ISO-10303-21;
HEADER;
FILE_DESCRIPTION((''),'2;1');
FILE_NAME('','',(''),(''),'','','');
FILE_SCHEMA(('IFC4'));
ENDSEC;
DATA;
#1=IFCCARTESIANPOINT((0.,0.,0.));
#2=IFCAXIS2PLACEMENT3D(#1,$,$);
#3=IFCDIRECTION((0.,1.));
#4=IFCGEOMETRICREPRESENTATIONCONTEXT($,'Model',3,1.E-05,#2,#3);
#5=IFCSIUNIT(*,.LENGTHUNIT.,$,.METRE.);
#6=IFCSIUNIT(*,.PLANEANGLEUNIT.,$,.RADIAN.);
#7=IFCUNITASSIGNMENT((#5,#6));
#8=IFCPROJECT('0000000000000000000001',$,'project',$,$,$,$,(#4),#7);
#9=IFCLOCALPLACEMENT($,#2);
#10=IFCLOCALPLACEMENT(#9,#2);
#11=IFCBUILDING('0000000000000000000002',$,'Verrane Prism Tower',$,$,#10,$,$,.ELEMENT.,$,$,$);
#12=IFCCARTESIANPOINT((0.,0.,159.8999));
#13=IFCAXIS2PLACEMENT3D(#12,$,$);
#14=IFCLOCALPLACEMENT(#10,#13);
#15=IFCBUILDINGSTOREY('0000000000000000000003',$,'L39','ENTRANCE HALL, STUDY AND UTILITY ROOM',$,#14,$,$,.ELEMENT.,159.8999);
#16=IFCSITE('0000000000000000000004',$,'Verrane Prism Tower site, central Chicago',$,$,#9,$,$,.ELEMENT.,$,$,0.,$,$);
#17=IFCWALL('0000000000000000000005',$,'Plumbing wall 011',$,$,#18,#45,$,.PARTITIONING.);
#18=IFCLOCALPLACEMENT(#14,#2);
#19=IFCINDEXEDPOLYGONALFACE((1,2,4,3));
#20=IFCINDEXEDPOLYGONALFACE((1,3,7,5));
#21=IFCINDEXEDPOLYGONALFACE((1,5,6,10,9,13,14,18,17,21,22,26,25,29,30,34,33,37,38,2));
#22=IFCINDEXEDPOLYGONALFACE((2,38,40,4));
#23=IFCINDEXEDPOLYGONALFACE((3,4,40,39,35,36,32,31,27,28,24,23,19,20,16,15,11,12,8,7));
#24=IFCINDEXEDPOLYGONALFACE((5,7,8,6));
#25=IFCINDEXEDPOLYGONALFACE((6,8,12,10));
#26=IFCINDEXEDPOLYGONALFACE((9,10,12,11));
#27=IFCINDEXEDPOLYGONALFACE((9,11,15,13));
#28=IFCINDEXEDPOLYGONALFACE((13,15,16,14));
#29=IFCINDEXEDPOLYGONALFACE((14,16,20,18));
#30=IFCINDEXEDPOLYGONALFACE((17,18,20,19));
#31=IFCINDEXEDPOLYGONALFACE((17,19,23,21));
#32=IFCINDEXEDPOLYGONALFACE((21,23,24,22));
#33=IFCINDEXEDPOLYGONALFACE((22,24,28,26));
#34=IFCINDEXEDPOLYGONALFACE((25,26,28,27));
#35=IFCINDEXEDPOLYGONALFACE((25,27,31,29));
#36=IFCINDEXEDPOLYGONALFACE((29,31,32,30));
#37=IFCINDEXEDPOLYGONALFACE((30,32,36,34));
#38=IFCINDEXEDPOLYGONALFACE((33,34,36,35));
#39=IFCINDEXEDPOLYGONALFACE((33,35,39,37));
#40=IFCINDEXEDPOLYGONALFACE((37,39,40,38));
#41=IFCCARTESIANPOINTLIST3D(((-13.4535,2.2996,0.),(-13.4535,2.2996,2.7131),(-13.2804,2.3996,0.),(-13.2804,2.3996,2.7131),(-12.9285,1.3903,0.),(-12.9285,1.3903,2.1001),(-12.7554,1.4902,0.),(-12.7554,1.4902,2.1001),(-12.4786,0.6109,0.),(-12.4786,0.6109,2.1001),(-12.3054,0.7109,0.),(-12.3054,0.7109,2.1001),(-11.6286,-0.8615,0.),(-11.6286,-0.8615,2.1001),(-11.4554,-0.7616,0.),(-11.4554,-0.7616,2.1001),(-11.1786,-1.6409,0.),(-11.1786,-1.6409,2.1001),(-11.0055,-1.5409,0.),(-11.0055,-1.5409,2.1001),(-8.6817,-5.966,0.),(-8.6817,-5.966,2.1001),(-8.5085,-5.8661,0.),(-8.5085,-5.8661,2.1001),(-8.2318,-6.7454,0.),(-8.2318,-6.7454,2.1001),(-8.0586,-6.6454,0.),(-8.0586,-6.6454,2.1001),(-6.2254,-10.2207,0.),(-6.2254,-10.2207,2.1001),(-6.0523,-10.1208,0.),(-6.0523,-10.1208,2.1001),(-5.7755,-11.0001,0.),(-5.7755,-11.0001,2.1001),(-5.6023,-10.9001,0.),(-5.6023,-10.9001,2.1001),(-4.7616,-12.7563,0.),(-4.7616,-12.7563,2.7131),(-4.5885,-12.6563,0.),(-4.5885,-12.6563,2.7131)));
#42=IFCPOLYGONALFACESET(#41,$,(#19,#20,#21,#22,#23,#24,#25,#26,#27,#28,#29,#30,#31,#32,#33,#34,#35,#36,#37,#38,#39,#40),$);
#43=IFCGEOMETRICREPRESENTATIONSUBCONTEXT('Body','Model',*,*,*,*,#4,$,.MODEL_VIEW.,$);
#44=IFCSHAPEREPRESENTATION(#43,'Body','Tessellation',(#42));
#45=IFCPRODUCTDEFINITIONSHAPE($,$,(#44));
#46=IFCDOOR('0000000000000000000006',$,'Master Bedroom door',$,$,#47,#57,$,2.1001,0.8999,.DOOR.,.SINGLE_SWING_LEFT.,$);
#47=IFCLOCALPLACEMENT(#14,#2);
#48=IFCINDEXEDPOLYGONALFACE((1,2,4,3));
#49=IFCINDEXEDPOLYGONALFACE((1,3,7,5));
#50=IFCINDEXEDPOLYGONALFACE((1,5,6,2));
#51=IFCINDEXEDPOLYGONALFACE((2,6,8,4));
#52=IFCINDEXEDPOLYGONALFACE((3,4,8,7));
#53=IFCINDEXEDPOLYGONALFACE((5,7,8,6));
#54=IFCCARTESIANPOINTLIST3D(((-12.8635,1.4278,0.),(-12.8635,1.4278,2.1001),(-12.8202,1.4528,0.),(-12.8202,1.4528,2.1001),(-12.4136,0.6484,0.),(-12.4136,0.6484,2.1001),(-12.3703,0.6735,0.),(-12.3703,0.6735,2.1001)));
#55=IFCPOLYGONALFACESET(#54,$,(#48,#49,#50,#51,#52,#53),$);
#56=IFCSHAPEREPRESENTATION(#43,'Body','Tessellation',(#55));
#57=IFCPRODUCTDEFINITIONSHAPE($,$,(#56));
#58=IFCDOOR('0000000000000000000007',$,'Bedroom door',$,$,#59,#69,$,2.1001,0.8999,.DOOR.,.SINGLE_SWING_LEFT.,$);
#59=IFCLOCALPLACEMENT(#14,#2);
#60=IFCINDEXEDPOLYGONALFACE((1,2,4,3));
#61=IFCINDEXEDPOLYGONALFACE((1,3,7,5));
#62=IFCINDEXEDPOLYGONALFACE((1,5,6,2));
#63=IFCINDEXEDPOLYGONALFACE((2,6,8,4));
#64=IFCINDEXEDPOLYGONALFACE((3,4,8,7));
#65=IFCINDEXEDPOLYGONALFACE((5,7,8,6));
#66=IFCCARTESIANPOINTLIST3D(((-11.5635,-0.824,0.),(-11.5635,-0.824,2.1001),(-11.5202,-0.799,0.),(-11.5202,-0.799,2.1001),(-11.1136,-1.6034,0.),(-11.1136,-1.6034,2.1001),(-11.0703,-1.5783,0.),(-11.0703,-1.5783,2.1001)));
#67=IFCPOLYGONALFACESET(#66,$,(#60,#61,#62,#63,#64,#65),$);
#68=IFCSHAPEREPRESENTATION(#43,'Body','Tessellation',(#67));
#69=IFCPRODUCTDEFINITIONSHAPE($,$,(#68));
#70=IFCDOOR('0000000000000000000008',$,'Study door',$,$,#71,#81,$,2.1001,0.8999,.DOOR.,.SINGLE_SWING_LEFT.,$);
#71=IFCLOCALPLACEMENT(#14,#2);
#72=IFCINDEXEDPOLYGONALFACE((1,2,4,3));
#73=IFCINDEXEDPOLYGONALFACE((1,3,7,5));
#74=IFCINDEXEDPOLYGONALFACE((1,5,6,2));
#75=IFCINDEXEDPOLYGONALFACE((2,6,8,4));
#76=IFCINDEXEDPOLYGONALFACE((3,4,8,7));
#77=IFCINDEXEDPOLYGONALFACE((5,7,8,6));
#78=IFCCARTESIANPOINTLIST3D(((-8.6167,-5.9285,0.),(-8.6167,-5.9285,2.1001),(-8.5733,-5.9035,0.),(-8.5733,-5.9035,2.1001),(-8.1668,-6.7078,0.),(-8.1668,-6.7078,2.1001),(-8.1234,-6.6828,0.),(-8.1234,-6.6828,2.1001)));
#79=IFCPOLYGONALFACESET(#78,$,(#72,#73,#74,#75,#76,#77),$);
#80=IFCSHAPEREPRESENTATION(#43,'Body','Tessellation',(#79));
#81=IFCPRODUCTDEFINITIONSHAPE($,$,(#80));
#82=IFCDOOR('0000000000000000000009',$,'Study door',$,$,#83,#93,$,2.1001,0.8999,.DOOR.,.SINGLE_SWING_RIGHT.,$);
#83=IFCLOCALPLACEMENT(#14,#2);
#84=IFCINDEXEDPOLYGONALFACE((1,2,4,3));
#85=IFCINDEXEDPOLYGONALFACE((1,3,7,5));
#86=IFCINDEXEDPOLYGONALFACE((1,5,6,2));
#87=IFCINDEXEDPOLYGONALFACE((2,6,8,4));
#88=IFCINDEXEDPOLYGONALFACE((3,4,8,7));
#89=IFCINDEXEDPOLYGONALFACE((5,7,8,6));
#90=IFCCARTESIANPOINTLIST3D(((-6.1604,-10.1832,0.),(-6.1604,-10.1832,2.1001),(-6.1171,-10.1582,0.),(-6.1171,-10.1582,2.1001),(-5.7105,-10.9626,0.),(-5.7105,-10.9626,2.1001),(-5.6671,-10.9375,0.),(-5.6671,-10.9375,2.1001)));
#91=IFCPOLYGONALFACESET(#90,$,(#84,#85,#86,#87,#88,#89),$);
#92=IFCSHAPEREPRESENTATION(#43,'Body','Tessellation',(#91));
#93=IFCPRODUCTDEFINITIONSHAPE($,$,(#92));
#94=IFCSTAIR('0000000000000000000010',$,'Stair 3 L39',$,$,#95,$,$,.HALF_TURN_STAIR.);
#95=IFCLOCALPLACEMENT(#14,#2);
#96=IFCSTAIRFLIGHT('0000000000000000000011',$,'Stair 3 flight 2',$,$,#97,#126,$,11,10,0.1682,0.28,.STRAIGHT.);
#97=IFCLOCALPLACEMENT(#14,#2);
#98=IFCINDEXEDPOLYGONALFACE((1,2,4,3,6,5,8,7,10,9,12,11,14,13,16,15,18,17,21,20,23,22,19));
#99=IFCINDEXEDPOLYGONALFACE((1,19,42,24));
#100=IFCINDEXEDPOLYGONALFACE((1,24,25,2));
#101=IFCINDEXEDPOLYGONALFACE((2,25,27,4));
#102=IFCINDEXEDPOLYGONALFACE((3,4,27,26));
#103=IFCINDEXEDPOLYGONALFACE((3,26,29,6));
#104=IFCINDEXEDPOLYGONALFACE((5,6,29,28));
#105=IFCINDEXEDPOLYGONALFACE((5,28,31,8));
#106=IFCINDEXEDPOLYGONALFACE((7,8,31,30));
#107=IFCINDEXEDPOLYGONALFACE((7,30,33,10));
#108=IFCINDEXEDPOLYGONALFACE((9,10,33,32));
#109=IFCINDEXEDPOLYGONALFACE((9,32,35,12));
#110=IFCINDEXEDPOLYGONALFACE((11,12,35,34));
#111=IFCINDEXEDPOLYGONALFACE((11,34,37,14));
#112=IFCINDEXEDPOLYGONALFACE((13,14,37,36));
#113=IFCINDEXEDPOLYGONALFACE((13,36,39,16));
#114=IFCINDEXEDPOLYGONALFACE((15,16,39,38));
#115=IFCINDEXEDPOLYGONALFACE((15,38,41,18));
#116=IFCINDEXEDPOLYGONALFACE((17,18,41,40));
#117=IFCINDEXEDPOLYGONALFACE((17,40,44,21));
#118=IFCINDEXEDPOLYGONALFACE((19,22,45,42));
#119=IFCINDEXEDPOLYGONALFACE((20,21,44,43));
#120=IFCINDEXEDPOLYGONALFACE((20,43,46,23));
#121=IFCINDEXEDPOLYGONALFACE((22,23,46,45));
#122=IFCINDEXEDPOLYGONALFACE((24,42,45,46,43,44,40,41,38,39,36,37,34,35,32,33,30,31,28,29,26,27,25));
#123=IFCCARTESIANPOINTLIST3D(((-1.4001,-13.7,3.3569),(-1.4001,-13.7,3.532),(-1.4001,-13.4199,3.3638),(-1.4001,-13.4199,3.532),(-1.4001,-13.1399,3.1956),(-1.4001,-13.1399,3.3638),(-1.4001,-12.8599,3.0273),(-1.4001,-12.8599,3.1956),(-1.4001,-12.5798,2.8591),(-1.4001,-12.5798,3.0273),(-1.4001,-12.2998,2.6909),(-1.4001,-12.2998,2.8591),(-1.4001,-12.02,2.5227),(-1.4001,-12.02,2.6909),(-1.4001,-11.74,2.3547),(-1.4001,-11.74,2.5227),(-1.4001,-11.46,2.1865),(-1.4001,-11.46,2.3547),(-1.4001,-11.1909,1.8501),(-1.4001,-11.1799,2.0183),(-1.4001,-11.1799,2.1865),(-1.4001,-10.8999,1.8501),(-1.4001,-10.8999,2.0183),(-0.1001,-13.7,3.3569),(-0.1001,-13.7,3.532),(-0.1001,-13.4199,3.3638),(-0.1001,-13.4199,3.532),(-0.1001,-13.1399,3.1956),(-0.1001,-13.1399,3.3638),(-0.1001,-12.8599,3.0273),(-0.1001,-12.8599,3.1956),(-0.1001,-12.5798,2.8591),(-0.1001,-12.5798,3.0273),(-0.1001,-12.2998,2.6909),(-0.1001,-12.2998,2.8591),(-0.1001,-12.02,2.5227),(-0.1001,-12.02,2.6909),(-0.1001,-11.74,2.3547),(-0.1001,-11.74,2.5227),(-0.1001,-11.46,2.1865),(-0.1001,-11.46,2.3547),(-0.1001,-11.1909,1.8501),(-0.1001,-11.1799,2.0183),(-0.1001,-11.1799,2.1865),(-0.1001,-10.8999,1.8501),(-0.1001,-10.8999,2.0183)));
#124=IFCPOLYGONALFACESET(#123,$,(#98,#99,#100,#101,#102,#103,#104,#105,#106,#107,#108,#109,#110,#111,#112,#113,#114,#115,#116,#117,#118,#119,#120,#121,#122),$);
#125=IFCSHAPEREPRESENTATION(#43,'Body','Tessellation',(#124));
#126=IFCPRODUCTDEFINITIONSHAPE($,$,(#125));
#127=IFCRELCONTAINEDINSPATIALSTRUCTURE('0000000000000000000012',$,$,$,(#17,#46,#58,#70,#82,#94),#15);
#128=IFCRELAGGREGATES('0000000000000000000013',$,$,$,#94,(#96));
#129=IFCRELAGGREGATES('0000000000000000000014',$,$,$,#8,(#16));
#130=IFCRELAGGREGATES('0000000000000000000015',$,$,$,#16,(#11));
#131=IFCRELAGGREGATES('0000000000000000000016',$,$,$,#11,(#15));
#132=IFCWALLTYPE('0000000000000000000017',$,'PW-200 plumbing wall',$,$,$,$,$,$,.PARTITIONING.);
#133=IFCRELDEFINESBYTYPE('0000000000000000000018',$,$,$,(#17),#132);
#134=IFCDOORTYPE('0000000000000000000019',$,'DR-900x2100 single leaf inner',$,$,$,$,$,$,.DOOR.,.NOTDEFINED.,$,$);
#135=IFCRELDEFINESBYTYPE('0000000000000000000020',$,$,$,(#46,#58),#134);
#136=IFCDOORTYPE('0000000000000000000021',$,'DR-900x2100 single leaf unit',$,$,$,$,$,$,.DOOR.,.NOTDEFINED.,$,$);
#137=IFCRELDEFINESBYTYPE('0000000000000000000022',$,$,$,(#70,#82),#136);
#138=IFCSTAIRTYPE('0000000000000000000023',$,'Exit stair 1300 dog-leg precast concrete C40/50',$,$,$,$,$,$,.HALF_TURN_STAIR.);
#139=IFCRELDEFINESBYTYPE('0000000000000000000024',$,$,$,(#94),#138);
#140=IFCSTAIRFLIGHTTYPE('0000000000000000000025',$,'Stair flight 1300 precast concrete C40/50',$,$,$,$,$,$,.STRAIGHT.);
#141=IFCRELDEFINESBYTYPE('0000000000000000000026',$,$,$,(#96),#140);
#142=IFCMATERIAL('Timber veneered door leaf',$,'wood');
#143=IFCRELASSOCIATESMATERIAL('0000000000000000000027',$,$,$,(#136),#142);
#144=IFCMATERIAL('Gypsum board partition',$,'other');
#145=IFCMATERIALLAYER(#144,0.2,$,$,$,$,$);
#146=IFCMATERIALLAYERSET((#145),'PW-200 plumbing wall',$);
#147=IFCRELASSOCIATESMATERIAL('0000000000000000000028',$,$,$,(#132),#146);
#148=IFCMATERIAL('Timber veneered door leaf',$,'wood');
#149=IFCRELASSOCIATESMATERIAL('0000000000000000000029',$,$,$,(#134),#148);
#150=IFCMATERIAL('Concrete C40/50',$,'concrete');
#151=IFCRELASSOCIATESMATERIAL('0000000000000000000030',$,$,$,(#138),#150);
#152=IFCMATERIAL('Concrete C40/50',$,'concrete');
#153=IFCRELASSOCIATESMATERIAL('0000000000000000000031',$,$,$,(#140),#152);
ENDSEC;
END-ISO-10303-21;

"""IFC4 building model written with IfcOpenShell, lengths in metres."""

from ifc_helpers import new_model, si_unit, direction, frame, frame_2d, origin, place, context, subcontext, project, spatial, polyline, rectangle, outline, extrude, material, layer, layer_set, type_object, element, fill, aggregate, save


model = new_model("IFC4")

# Units and contexts
model_context = context("Model", 3, precision=1e-05, world=origin(), true_north=direction((0.0, 1.0)))
body_context = subcontext(model_context, "Body", "Model", "MODEL_VIEW")
ifc_project = project(units=[si_unit("LENGTHUNIT", "METRE"), si_unit("PLANEANGLEUNIT", "RADIAN")], contexts=[model_context])

# Site, building, storey
site_placement = place(None, origin())
site = spatial("IfcSite", under=ifc_project, at=site_placement, Name="Verrane Prism Tower site, central Chicago", CompositionType="ELEMENT", RefElevation=0.0)
building_placement = place(site_placement, origin())
building = spatial("IfcBuilding", under=site, at=building_placement, Name="Verrane Prism Tower", CompositionType="ELEMENT")
storey_placement = place(building_placement, frame((0.0, 0.0, 159.8999)))
storey = spatial("IfcBuildingStorey", under=building, at=storey_placement, Name="L39", Description="ENTRANCE HALL, STUDY AND UTILITY ROOM", CompositionType="ELEMENT", Elevation=159.8999)

# Shared definitions
ifc_material_1 = material(Name="Timber veneered door leaf", Category="wood")
door_type_1 = type_object("IfcDoorType", Name="DR-900x2100 single leaf unit", OperationType="NOTDEFINED", PredefinedType="DOOR", material=ifc_material_1)

# Wall, openings, doors
ifc_material_2 = material(Name="Gypsum board partition", Category="other")
ifc_layer_1 = layer(ifc_material_2, 0.2)
ifc_layer_set_1 = layer_set([ifc_layer_1], Name="PW-200 plumbing wall")
wall_type_1 = type_object("IfcWallType", Name="PW-200 plumbing wall", PredefinedType="PARTITIONING", material=ifc_layer_set_1)
wall_1_placement = place(storey_placement, frame((-4.675, -12.7063, 0.0), z_axis=(0.0, 0.0, 1.0), x_axis=(-0.499972, 0.866041, 0.0)))
wall_1 = element("IfcWall", 1, at=wall_1_placement, inside=storey, type_object=wall_type_1, Name="Plumbing wall 011", PredefinedType="PARTITIONING", context=body_context, shape_type="SweptSolid", body=[
    extrude(rectangle(XDim=17.3848, YDim=0.2, at=frame_2d((8.6924, 0.0))), origin(), (0.0, 0.0, 1.0), 2.7131),
])
opening_1_placement = place(wall_1_placement, frame((15.4348, 0.0, 0.0)))
opening_1 = element("IfcOpeningElement", 2, at=opening_1_placement, cuts=wall_1, PredefinedType="OPENING", context=body_context, shape_type="SweptSolid", body=[
    extrude(rectangle(XDim=0.8999, YDim=2.1001, at=frame_2d((0.45, 1.05))), frame((0.0, 0.1099, 0.0), z_axis=(0.0, -1.0, 0.0), x_axis=(1.0, 0.0, 0.0)), (0.0, 0.0, 1.0), 0.22),
])
opening_2_placement = place(wall_1_placement, frame((12.8347, 0.0, 0.0)))
opening_2 = element("IfcOpeningElement", 3, at=opening_2_placement, cuts=wall_1, PredefinedType="OPENING", context=body_context, shape_type="SweptSolid", body=[
    extrude(rectangle(XDim=0.8999, YDim=2.1001, at=frame_2d((0.45, 1.05))), frame((0.0, 0.1099, 0.0), z_axis=(0.0, -1.0, 0.0), x_axis=(1.0, 0.0, 0.0)), (0.0, 0.0, 1.0), 0.22),
])
opening_3_placement = place(wall_1_placement, frame((6.9407, 0.0, 0.0)))
opening_3 = element("IfcOpeningElement", 4, at=opening_3_placement, cuts=wall_1, PredefinedType="OPENING", context=body_context, shape_type="SweptSolid", body=[
    extrude(rectangle(XDim=0.8999, YDim=2.1001, at=frame_2d((0.45, 1.05))), frame((0.0, 0.1099, 0.0), z_axis=(0.0, -1.0, 0.0), x_axis=(1.0, 0.0, 0.0)), (0.0, 0.0, 1.0), 0.22),
])
opening_4_placement = place(wall_1_placement, frame((2.0278, 0.0, 0.0)))
opening_4 = element("IfcOpeningElement", 5, at=opening_4_placement, cuts=wall_1, PredefinedType="OPENING", context=body_context, shape_type="SweptSolid", body=[
    extrude(rectangle(XDim=0.8999, YDim=2.1001, at=frame_2d((0.45, 1.05))), frame((0.0, 0.1099, 0.0), z_axis=(0.0, -1.0, 0.0), x_axis=(1.0, 0.0, 0.0)), (0.0, 0.0, 1.0), 0.22),
])
ifc_material_3 = material(Name="Timber veneered door leaf", Category="wood")
door_type_2 = type_object("IfcDoorType", Name="DR-900x2100 single leaf inner", OperationType="NOTDEFINED", PredefinedType="DOOR", material=ifc_material_3)
door_1_placement = place(opening_1_placement, origin())
door_1 = element("IfcDoor", 6, at=door_1_placement, inside=storey, type_object=door_type_2, Name="Master Bedroom door", OperationType="SINGLE_SWING_LEFT", OverallHeight=2.1001, OverallWidth=0.8999, PredefinedType="DOOR", context=body_context, shape_type="SweptSolid", body=[
    extrude(rectangle(XDim=0.8999, YDim=2.1001, at=frame_2d((0.45, 1.05))), frame((0.0, 0.0249, 0.0), z_axis=(0.0, -1.0, 0.0), x_axis=(1.0, 0.0, 0.0)), (0.0, 0.0, 1.0), 0.05),
])
fill(opening_1, door_1)
door_2_placement = place(opening_2_placement, origin())
door_2 = element("IfcDoor", 7, at=door_2_placement, inside=storey, type_object=door_type_2, Name="Bedroom door", OperationType="SINGLE_SWING_LEFT", OverallHeight=2.1001, OverallWidth=0.8999, PredefinedType="DOOR", context=body_context, shape_type="SweptSolid", body=[
    extrude(rectangle(XDim=0.8999, YDim=2.1001, at=frame_2d((0.45, 1.05))), frame((0.0, 0.0249, 0.0), z_axis=(0.0, -1.0, 0.0), x_axis=(1.0, 0.0, 0.0)), (0.0, 0.0, 1.0), 0.05),
])
fill(opening_2, door_2)
door_3_placement = place(opening_3_placement, origin())
door_3 = element("IfcDoor", 8, at=door_3_placement, inside=storey, type_object=door_type_1, Name="Study door", OperationType="SINGLE_SWING_LEFT", OverallHeight=2.1001, OverallWidth=0.8999, PredefinedType="DOOR", context=body_context, shape_type="SweptSolid", body=[
    extrude(rectangle(XDim=0.8999, YDim=2.1001, at=frame_2d((0.45, 1.05))), frame((0.0, 0.0249, 0.0), z_axis=(0.0, -1.0, 0.0), x_axis=(1.0, 0.0, 0.0)), (0.0, 0.0, 1.0), 0.05),
])
fill(opening_3, door_3)
door_4_placement = place(opening_4_placement, origin())
door_4 = element("IfcDoor", 9, at=door_4_placement, inside=storey, type_object=door_type_1, Name="Study door", OperationType="SINGLE_SWING_RIGHT", OverallHeight=2.1001, OverallWidth=0.8999, PredefinedType="DOOR", context=body_context, shape_type="SweptSolid", body=[
    extrude(rectangle(XDim=0.8999, YDim=2.1001, at=frame_2d((0.45, 1.05))), frame((0.0, 0.0249, 0.0), z_axis=(0.0, -1.0, 0.0), x_axis=(1.0, 0.0, 0.0)), (0.0, 0.0, 1.0), 0.05),
])
fill(opening_4, door_4)

# Stair, stair flight
ifc_material_4 = material(Name="Concrete C40/50", Category="concrete")
stair_type = type_object("IfcStairType", Name="Exit stair 1300 dog-leg precast concrete C40/50", PredefinedType="HALF_TURN_STAIR", material=ifc_material_4)
stair_placement = place(storey_placement, origin())
stair = element("IfcStair", 10, at=stair_placement, inside=storey, type_object=stair_type, Name="Stair 3 L39", PredefinedType="HALF_TURN_STAIR")
ifc_material_5 = material(Name="Concrete C40/50", Category="concrete")
stair_flight_type = type_object("IfcStairFlightType", Name="Stair flight 1300 precast concrete C40/50", PredefinedType="STRAIGHT", material=ifc_material_5)
stair_flight_placement = place(storey_placement, frame((-0.75, -10.8999, 1.8501), z_axis=(0.0, 0.0, 1.0), x_axis=(0.0, -1.0, 0.0)))
stair_flight = element("IfcStairFlight", 11, at=stair_flight_placement, type_object=stair_flight_type, Name="Stair 3 flight 2", NumberOfRisers=11, NumberOfTreads=10, PredefinedType="STRAIGHT", RiserHeight=0.1682, TreadLength=0.28, context=body_context, shape_type="SweptSolid", body=[
    extrude(outline(polyline([(0.0, 0.0), (0.0, 0.1682), (0.28, 0.1682), (0.28, 0.3364), (0.5601, 0.3364), (0.5601, 0.5046), (0.8401, 0.5046), (0.8401, 0.6726), (1.1201, 0.6726), (1.1201, 0.8408), (1.3999, 0.8408), (1.3999, 1.009), (1.6799, 1.009), (1.6799, 1.1772), (1.96, 1.1772), (1.96, 1.3455), (2.24, 1.3455), (2.24, 1.5137), (2.52, 1.5137), (2.52, 1.6819), (2.8, 1.6819), (2.8, 1.8501), (2.8, 1.5068), (0.291, 0.0), (0.0, 0.0)])), frame((0.0, 0.6499, 0.0), z_axis=(0.0, -1.0, 0.0), x_axis=(1.0, 0.0, 0.0)), (0.0, 0.0, 1.0), 1.3),
])
aggregate(stair, [stair_flight])

save(model, "model.ifc")
